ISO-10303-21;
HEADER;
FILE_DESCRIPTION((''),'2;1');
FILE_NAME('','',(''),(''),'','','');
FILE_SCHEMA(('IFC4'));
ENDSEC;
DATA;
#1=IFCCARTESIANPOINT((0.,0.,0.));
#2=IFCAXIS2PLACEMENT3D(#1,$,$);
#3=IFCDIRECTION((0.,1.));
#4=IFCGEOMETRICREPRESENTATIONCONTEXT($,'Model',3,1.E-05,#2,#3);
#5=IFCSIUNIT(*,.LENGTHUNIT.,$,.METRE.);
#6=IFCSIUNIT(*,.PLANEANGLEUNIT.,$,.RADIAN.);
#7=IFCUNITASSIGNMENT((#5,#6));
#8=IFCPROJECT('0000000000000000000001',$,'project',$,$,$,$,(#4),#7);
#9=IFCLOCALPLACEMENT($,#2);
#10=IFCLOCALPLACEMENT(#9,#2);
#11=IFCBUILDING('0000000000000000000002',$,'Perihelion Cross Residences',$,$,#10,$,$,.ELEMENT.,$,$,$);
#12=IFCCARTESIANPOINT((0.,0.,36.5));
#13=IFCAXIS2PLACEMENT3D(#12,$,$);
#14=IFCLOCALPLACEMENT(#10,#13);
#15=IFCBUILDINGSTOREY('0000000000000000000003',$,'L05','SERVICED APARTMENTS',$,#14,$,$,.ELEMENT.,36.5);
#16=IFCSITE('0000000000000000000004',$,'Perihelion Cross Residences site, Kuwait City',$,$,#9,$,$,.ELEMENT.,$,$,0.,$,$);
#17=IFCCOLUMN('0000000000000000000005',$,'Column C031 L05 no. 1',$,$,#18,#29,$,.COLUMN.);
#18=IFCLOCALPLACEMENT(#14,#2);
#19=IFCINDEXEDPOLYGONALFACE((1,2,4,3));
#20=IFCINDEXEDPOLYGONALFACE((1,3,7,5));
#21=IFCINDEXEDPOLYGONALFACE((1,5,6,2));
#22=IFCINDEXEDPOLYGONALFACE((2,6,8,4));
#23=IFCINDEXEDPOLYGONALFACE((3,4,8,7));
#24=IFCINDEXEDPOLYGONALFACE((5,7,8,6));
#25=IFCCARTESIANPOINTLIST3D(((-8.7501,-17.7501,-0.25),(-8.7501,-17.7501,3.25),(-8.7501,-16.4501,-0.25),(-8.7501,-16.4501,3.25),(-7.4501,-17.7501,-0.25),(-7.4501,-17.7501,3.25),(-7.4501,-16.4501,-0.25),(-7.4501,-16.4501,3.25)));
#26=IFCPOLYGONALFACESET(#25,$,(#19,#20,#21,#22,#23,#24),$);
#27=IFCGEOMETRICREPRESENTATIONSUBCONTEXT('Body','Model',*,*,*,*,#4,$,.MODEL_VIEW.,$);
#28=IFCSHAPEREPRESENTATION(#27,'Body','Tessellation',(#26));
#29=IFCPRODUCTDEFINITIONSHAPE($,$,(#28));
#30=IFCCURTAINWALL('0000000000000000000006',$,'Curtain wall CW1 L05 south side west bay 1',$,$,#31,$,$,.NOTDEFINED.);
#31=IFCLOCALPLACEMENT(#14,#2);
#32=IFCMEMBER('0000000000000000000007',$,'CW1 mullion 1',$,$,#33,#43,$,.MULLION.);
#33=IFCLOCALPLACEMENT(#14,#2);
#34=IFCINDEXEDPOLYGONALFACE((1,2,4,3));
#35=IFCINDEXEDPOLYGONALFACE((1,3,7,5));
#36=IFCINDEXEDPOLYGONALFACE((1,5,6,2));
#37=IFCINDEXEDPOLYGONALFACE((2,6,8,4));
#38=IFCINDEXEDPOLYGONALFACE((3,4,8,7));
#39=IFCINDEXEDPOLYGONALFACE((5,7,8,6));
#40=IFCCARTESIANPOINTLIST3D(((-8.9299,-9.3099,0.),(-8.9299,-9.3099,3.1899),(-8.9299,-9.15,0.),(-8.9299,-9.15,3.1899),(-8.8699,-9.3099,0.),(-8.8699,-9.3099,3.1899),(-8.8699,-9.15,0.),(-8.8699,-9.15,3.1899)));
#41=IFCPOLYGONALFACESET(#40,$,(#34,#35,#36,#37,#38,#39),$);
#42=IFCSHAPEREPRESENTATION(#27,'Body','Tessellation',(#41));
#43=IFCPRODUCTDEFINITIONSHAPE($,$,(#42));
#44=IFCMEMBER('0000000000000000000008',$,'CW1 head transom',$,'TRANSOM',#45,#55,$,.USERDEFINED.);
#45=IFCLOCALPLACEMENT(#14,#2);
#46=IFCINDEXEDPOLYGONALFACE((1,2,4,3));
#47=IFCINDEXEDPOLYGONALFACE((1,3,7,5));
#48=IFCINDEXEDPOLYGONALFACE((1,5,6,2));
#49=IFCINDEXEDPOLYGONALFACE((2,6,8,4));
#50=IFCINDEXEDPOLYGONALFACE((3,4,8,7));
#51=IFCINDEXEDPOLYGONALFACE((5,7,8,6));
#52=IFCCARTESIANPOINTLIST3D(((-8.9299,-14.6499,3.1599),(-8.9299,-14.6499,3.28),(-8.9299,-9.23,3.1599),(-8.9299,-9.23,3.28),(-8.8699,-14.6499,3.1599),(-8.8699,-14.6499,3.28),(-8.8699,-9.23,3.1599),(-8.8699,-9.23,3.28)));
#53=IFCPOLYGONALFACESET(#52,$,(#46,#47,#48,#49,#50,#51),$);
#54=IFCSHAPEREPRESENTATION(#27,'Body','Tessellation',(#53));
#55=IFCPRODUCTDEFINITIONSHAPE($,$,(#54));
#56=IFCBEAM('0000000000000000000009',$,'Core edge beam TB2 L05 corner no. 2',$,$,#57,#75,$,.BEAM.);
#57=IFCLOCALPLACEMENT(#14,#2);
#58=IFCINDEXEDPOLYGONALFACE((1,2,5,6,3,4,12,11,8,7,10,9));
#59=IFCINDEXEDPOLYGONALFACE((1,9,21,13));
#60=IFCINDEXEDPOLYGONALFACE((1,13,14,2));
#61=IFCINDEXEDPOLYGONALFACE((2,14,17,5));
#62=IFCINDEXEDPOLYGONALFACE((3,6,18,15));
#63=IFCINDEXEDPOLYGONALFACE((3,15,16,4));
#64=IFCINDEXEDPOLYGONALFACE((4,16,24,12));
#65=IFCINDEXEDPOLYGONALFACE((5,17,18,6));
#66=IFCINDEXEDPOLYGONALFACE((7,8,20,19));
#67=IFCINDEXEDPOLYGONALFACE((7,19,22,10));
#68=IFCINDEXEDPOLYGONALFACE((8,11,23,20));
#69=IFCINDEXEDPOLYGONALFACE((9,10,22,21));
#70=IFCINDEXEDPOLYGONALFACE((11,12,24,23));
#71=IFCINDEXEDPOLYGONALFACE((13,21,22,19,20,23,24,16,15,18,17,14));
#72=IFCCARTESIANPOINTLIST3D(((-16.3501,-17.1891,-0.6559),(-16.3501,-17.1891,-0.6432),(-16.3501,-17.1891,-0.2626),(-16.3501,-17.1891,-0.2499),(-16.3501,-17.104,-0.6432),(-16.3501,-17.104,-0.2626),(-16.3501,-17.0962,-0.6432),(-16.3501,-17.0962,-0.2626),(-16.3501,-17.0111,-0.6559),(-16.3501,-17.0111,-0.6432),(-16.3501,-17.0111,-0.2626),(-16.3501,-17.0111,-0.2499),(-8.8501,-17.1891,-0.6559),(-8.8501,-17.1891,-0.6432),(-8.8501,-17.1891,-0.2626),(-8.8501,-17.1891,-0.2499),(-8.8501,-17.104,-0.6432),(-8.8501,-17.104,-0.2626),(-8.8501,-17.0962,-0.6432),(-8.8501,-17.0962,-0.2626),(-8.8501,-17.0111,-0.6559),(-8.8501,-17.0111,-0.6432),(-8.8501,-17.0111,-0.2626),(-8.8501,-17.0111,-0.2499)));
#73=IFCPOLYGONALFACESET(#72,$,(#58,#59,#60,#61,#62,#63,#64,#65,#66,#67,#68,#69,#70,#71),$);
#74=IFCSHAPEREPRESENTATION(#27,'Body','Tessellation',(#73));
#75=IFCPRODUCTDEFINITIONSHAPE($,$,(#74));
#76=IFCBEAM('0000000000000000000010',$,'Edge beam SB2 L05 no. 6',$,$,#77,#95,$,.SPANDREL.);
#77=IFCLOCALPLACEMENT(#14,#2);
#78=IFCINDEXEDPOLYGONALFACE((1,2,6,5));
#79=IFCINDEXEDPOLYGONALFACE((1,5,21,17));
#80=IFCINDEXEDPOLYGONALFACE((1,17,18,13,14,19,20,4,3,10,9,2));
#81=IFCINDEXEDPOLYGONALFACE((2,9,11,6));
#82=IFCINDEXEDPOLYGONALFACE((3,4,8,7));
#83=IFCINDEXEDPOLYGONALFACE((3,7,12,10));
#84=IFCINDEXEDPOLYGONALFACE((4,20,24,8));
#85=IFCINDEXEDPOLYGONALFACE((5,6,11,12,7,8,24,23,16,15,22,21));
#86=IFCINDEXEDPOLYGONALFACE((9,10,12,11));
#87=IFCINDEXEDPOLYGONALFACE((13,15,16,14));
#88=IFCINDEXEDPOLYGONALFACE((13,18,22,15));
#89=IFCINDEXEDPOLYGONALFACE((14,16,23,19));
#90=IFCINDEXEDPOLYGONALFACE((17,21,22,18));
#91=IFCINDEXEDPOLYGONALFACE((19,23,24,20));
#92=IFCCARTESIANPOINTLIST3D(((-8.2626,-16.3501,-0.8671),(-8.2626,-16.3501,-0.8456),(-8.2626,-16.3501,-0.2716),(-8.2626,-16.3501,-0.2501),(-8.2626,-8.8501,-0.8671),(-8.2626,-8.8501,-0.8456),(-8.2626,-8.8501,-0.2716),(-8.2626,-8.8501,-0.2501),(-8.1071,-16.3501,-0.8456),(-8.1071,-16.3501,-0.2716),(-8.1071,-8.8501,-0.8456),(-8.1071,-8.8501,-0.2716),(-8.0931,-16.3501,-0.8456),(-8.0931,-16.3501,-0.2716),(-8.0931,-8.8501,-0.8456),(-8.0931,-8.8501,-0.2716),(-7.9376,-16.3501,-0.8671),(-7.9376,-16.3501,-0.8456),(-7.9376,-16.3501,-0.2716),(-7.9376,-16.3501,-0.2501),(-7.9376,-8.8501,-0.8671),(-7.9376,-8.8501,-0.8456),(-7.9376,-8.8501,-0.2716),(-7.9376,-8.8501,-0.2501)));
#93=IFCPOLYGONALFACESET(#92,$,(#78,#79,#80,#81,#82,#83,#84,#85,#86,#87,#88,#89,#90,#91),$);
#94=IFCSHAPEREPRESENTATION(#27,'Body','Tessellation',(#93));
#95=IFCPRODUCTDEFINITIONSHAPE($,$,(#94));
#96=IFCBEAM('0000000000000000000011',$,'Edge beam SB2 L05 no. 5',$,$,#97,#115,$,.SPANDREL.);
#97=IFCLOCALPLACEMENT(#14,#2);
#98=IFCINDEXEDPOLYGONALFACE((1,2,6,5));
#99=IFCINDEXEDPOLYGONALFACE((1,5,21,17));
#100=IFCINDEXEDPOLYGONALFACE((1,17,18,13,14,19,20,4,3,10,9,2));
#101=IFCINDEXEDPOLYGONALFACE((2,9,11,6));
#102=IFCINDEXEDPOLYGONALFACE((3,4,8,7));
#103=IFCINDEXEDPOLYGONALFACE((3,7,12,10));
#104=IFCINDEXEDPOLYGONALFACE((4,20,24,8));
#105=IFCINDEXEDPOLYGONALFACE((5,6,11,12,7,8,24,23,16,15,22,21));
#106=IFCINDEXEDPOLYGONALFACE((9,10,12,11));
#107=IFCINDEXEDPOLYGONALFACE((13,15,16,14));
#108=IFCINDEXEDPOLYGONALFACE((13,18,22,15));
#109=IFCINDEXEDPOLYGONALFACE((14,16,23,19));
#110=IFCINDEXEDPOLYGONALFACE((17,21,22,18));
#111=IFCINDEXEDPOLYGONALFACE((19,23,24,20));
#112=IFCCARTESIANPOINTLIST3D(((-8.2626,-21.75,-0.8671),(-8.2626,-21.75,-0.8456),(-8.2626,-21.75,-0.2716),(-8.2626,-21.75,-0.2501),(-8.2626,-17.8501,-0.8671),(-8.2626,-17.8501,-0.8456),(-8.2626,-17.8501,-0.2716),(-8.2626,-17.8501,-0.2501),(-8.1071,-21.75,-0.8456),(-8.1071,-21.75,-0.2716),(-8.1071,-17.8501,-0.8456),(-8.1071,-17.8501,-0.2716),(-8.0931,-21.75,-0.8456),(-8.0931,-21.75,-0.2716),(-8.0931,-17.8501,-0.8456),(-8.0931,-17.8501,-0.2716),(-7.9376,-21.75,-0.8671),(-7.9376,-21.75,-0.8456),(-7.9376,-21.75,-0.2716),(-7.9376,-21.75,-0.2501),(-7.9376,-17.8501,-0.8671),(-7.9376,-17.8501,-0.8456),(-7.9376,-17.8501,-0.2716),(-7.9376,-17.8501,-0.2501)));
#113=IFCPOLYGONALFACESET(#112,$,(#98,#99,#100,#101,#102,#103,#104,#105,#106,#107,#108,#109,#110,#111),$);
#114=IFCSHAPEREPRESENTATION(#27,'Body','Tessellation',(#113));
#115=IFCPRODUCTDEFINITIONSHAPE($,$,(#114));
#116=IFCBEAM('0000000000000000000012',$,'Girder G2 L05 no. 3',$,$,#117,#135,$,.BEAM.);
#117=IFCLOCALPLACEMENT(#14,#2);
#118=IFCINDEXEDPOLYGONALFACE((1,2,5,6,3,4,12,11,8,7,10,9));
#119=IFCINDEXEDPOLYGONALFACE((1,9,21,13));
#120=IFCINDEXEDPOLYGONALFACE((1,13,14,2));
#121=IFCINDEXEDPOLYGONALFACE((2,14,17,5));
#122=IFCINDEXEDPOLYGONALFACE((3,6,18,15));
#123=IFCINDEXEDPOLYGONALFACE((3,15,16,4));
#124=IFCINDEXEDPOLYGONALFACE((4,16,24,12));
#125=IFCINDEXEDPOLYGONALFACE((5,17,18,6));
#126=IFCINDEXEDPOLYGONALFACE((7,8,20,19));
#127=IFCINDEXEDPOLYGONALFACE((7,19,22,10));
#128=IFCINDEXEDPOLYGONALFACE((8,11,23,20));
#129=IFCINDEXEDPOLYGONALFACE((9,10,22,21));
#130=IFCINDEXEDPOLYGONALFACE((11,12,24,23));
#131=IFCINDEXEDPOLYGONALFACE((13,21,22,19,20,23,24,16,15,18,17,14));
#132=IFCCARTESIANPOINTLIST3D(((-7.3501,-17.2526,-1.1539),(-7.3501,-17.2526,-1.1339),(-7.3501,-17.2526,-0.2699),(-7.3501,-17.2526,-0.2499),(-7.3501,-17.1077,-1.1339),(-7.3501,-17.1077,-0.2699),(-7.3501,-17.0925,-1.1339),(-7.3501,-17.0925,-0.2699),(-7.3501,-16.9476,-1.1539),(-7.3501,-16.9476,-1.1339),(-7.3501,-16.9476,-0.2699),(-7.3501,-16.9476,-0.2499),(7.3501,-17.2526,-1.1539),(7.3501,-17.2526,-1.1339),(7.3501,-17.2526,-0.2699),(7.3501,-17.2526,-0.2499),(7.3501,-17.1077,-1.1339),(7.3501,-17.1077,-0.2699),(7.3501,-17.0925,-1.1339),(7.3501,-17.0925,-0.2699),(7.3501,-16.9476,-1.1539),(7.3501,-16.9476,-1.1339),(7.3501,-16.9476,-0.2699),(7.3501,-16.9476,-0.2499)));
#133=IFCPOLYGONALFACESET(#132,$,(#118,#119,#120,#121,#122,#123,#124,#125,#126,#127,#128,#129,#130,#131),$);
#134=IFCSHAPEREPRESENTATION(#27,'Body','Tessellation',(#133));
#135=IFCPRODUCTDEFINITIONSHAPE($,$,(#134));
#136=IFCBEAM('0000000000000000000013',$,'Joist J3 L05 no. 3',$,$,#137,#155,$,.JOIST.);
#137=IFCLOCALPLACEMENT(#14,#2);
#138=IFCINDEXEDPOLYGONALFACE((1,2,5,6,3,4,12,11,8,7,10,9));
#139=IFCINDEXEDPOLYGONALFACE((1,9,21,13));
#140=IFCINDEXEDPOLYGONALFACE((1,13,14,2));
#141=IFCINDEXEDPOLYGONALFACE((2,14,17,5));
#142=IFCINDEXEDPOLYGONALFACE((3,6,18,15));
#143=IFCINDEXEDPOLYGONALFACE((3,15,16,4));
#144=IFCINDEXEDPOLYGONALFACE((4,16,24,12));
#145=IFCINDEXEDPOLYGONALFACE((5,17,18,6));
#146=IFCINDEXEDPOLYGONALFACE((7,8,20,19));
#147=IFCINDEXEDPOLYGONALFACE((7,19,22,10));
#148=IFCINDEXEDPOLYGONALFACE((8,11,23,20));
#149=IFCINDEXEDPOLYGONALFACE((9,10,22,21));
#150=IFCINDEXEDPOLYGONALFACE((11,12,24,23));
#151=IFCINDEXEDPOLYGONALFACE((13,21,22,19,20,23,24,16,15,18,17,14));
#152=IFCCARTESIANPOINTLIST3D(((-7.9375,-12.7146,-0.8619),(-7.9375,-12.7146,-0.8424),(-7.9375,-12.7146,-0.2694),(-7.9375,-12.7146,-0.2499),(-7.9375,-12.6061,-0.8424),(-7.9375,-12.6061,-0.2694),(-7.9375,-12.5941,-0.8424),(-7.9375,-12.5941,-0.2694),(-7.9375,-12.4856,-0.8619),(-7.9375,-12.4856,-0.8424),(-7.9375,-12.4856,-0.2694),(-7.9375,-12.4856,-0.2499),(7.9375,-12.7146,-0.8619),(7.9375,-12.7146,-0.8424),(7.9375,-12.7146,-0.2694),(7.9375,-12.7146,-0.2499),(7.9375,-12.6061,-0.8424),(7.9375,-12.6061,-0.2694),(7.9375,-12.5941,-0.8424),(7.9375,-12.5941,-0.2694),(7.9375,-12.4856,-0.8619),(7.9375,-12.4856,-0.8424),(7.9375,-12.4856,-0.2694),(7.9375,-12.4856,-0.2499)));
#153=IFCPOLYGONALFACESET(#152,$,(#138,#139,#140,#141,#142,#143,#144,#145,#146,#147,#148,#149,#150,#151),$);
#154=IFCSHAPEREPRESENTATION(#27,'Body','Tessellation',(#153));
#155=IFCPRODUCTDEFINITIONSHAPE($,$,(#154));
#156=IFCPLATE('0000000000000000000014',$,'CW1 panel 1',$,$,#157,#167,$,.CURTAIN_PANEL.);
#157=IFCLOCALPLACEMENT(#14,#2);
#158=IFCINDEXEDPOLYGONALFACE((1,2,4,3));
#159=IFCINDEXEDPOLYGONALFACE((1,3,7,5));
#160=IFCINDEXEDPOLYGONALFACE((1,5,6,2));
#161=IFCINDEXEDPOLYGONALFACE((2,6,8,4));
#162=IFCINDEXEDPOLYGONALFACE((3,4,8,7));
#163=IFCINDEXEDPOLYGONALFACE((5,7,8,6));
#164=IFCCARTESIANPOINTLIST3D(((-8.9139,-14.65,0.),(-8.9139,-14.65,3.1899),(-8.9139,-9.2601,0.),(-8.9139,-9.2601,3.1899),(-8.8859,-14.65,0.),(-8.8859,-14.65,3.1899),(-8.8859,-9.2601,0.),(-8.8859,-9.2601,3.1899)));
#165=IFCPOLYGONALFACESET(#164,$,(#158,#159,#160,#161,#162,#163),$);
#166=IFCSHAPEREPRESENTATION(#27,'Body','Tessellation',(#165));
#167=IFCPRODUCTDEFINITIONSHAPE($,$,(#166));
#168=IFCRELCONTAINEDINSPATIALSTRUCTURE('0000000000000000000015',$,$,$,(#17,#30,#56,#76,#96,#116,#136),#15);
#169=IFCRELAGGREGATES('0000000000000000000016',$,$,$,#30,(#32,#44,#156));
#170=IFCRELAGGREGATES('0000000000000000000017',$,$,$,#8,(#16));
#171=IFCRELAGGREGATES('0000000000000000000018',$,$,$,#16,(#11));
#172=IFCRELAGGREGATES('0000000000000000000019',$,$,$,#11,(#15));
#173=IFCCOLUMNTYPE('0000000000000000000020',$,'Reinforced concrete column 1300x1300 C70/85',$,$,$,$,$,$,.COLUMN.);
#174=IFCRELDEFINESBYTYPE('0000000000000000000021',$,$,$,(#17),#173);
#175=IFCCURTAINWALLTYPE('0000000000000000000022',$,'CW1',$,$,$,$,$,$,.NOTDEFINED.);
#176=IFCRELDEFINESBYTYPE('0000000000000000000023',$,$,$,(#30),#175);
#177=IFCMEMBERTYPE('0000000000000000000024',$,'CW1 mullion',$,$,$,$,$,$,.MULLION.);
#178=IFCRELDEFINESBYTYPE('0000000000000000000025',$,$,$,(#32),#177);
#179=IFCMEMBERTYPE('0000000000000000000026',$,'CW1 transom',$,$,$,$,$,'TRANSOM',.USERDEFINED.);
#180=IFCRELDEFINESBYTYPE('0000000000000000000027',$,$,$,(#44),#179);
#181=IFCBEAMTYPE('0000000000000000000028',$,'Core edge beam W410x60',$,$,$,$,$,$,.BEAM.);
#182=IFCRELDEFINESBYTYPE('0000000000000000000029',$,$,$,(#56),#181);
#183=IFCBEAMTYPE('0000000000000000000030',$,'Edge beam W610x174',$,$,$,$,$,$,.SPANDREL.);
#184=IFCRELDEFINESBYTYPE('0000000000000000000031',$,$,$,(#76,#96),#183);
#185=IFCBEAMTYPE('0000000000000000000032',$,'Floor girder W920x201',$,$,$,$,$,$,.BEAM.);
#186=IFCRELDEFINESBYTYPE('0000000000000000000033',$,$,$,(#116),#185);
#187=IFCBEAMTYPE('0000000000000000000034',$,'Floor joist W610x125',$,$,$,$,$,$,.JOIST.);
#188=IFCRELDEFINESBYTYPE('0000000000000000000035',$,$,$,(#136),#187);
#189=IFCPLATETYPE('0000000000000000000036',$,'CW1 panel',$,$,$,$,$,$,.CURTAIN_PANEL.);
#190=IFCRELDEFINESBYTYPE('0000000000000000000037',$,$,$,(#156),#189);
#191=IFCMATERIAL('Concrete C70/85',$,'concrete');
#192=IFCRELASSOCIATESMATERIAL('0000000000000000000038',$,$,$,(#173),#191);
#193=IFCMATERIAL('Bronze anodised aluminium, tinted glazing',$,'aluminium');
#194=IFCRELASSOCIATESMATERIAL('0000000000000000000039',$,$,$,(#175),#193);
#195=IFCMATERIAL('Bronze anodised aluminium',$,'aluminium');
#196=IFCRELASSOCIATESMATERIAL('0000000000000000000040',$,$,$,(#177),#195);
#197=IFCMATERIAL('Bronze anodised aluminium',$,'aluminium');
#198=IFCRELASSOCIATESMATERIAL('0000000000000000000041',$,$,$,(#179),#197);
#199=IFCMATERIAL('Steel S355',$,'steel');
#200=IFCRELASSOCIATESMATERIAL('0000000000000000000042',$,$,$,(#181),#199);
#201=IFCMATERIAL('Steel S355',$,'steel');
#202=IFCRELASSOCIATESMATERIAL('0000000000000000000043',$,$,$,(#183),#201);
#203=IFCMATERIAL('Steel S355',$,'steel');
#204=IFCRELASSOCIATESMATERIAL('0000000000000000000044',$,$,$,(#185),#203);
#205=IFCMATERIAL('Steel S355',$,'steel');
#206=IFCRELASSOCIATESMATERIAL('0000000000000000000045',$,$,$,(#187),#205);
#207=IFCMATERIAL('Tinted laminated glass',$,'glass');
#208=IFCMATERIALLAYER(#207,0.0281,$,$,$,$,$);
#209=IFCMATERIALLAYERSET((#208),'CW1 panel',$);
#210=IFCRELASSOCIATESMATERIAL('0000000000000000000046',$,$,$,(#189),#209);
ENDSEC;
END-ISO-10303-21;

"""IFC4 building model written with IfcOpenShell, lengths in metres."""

from ifc_helpers import new_model, si_unit, direction, frame, origin, origin_2d, place, context, subcontext, project, spatial, rectangle, i_section, extrude, material, layer, layer_set, material_profile, profile_set, type_object, element, aggregate, save


model = new_model("IFC4")

# Units and contexts
model_context = context("Model", 3, precision=1e-05, world=origin(), true_north=direction((0.0, 1.0)))
body_context = subcontext(model_context, "Body", "Model", "MODEL_VIEW")
ifc_project = project(units=[si_unit("LENGTHUNIT", "METRE"), si_unit("PLANEANGLEUNIT", "RADIAN")], contexts=[model_context])

# Site, building, storey
site_placement = place(None, origin())
site = spatial("IfcSite", under=ifc_project, at=site_placement, Name="Perihelion Cross Residences site, Kuwait City", CompositionType="ELEMENT", RefElevation=0.0)
building_placement = place(site_placement, origin())
building = spatial("IfcBuilding", under=site, at=building_placement, Name="Perihelion Cross Residences", CompositionType="ELEMENT")
storey_placement = place(building_placement, frame((0.0, 0.0, 36.5)))
storey = spatial("IfcBuildingStorey", under=building, at=storey_placement, Name="L05", Description="SERVICED APARTMENTS", CompositionType="ELEMENT", Elevation=36.5)

# Column
ifc_material_1 = material(Name="Concrete C70/85", Category="concrete")
ifc_material_profile_1 = material_profile(ifc_material_1, rectangle(XDim=1.3, YDim=1.3, at=origin_2d()), Name="RC 1300x1300")
ifc_profile_set_1 = profile_set([ifc_material_profile_1], Name="Concrete C70/85")
column_type = type_object("IfcColumnType", Name="Reinforced concrete column 1300x1300 C70/85", PredefinedType="COLUMN", material=ifc_profile_set_1)
column_placement = place(storey_placement, frame((-8.1001, -17.1001, -0.25), z_axis=(0.0, 0.0, 1.0), x_axis=(1.0, 0.0, 0.0)))
element("IfcColumn", 1, at=column_placement, inside=storey, type_object=column_type, Name="Column C031 L05 no. 1", PredefinedType="COLUMN", context=body_context, shape_type="SweptSolid", body=[
    extrude(rectangle(XDim=1.3, YDim=1.3, at=origin_2d()), origin(), (0.0, 0.0, 1.0), 3.5),
])

# Curtain wall, members
ifc_material_2 = material(Name="Bronze anodised aluminium, tinted glazing", Category="aluminium")
curtain_wall_type = type_object("IfcCurtainWallType", Name="CW1", PredefinedType="NOTDEFINED", material=ifc_material_2)
curtain_wall_placement = place(storey_placement, origin())
curtain_wall = element("IfcCurtainWall", 2, at=curtain_wall_placement, inside=storey, type_object=curtain_wall_type, Name="Curtain wall CW1 L05 south side west bay 1", PredefinedType="NOTDEFINED")
ifc_material_3 = material(Name="Bronze anodised aluminium", Category="aluminium")
ifc_material_profile_2 = material_profile(ifc_material_3, rectangle(XDim=0.0601, YDim=0.1599, at=origin_2d()), Name="CW1 mullion")
ifc_profile_set_2 = profile_set([ifc_material_profile_2], Name="Bronze anodised aluminium")
member_type_1 = type_object("IfcMemberType", Name="CW1 mullion", PredefinedType="MULLION", material=ifc_profile_set_2)
member_1_placement = place(storey_placement, frame((-8.8999, -9.23, 0.0), z_axis=(0.0, 0.0, 1.0), x_axis=(1.0, 0.0, 0.0)))
member_1 = element("IfcMember", 3, at=member_1_placement, type_object=member_type_1, Name="CW1 mullion 1", PredefinedType="MULLION", context=body_context, shape_type="SweptSolid", body=[
    extrude(rectangle(XDim=0.0601, YDim=0.1599, at=origin_2d()), origin(), (0.0, 0.0, 1.0), 3.1899),
])
ifc_material_4 = material(Name="Bronze anodised aluminium", Category="aluminium")
ifc_material_profile_3 = material_profile(ifc_material_4, rectangle(XDim=0.0601, YDim=0.1201, at=origin_2d()), Name="CW1 transom")
ifc_profile_set_3 = profile_set([ifc_material_profile_3], Name="Bronze anodised aluminium")
member_type_2 = type_object("IfcMemberType", Name="CW1 transom", ElementType="TRANSOM", PredefinedType="USERDEFINED", material=ifc_profile_set_3)
member_2_placement = place(storey_placement, frame((-8.8999, -9.23, 3.22), z_axis=(0.0, -1.0, 0.0), x_axis=(1.0, 0.0, 0.0)))
member_2 = element("IfcMember", 4, at=member_2_placement, type_object=member_type_2, Name="CW1 head transom", ObjectType="TRANSOM", PredefinedType="USERDEFINED", context=body_context, shape_type="SweptSolid", body=[
    extrude(rectangle(XDim=0.0601, YDim=0.1201, at=origin_2d()), origin(), (0.0, 0.0, 1.0), 5.4199),
])

# Beams
ifc_material_5 = material(Name="Steel S355", Category="steel")
ifc_material_profile_4 = material_profile(ifc_material_5, i_section(OverallWidth=0.178, OverallDepth=0.406, WebThickness=0.0078, FlangeThickness=0.0127, at=origin_2d()), Name="W410x60")
ifc_profile_set_4 = profile_set([ifc_material_profile_4], Name="Steel S355")
beam_type_1 = type_object("IfcBeamType", Name="Core edge beam W410x60", PredefinedType="BEAM", material=ifc_profile_set_4)
beam_1_placement = place(storey_placement, frame((-8.8501, -17.1001, -0.4529), z_axis=(-1.0, 0.0, 0.0), x_axis=(0.0, -1.0, 0.0)))
element("IfcBeam", 5, at=beam_1_placement, inside=storey, type_object=beam_type_1, Name="Core edge beam TB2 L05 corner no. 2", PredefinedType="BEAM", context=body_context, shape_type="SweptSolid", body=[
    extrude(i_section(OverallWidth=0.178, OverallDepth=0.406, WebThickness=0.0078, FlangeThickness=0.0127, at=origin_2d()), origin(), (0.0, 0.0, 1.0), 7.5),
])
ifc_material_6 = material(Name="Steel S355", Category="steel")
ifc_material_profile_5 = material_profile(ifc_material_6, i_section(OverallWidth=0.325, OverallDepth=0.6169, WebThickness=0.0139, FlangeThickness=0.0215, at=origin_2d()), Name="W610x174")
ifc_profile_set_5 = profile_set([ifc_material_profile_5], Name="Steel S355")
beam_type_2 = type_object("IfcBeamType", Name="Edge beam W610x174", PredefinedType="SPANDREL", material=ifc_profile_set_5)
beam_2_placement = place(storey_placement, frame((-8.1001, -8.8501, -0.5586), z_axis=(0.0, -1.0, 0.0), x_axis=(1.0, 0.0, 0.0)))
element("IfcBeam", 6, at=beam_2_placement, inside=storey, type_object=beam_type_2, Name="Edge beam SB2 L05 no. 6", PredefinedType="SPANDREL", context=body_context, shape_type="SweptSolid", body=[
    extrude(i_section(OverallWidth=0.325, OverallDepth=0.6169, WebThickness=0.0139, FlangeThickness=0.0215, at=origin_2d()), origin(), (0.0, 0.0, 1.0), 7.5),
])
beam_3_placement = place(storey_placement, frame((-8.1001, -17.8501, -0.5586), z_axis=(0.0, -1.0, 0.0), x_axis=(1.0, 0.0, 0.0)))
element("IfcBeam", 7, at=beam_3_placement, inside=storey, type_object=beam_type_2, Name="Edge beam SB2 L05 no. 5", PredefinedType="SPANDREL", context=body_context, shape_type="SweptSolid", body=[
    extrude(i_section(OverallWidth=0.325, OverallDepth=0.6169, WebThickness=0.0139, FlangeThickness=0.0215, at=origin_2d()), origin(), (0.0, 0.0, 1.0), 3.8999),
])
ifc_material_7 = material(Name="Steel S355", Category="steel")
ifc_material_profile_6 = material_profile(ifc_material_7, i_section(OverallWidth=0.3049, OverallDepth=0.9041, WebThickness=0.0151, FlangeThickness=0.02, at=origin_2d()), Name="W920x201")
ifc_profile_set_6 = profile_set([ifc_material_profile_6], Name="Steel S355")
beam_type_3 = type_object("IfcBeamType", Name="Floor girder W920x201", PredefinedType="BEAM", material=ifc_profile_set_6)
beam_4_placement = place(storey_placement, frame((-7.3501, -17.1001, -0.7019), z_axis=(1.0, 0.0, 0.0), x_axis=(0.0, 1.0, 0.0)))
element("IfcBeam", 8, at=beam_4_placement, inside=storey, type_object=beam_type_3, Name="Girder G2 L05 no. 3", PredefinedType="BEAM", context=body_context, shape_type="SweptSolid", body=[
    extrude(i_section(OverallWidth=0.3049, OverallDepth=0.9041, WebThickness=0.0151, FlangeThickness=0.02, at=origin_2d()), origin(), (0.0, 0.0, 1.0), 14.7002),
])
ifc_material_8 = material(Name="Steel S355", Category="steel")
ifc_material_profile_7 = material_profile(ifc_material_8, i_section(OverallWidth=0.229, OverallDepth=0.6121, WebThickness=0.012, FlangeThickness=0.0195, at=origin_2d()), Name="W610x125")
ifc_profile_set_7 = profile_set([ifc_material_profile_7], Name="Steel S355")
beam_type_4 = type_object("IfcBeamType", Name="Floor joist W610x125", PredefinedType="JOIST", material=ifc_profile_set_7)
beam_5_placement = place(storey_placement, frame((-7.9375, -12.6001, -0.5559), z_axis=(1.0, 0.0, 0.0), x_axis=(0.0, 1.0, 0.0)))
element("IfcBeam", 9, at=beam_5_placement, inside=storey, type_object=beam_type_4, Name="Joist J3 L05 no. 3", PredefinedType="JOIST", context=body_context, shape_type="SweptSolid", body=[
    extrude(i_section(OverallWidth=0.229, OverallDepth=0.6121, WebThickness=0.012, FlangeThickness=0.0195, at=origin_2d()), origin(), (0.0, 0.0, 1.0), 15.875),
])

# Plate
ifc_material_9 = material(Name="Tinted laminated glass", Category="glass")
ifc_layer_1 = layer(ifc_material_9, 0.0281)
ifc_layer_set_1 = layer_set([ifc_layer_1], Name="CW1 panel")
plate_type = type_object("IfcPlateType", Name="CW1 panel", PredefinedType="CURTAIN_PANEL", material=ifc_layer_set_1)
plate_placement = place(storey_placement, frame((-8.8999, -11.9551, 0.0), z_axis=(0.0, 0.0, 1.0), x_axis=(0.0, -1.0, 0.0)))
plate = element("IfcPlate", 10, at=plate_placement, type_object=plate_type, Name="CW1 panel 1", PredefinedType="CURTAIN_PANEL", context=body_context, shape_type="SweptSolid", body=[
    extrude(rectangle(XDim=5.3899, YDim=0.0281, at=origin_2d()), origin(), (0.0, 0.0, 1.0), 3.1899),
])
aggregate(curtain_wall, [member_1, member_2, plate])

save(model, "model.ifc")
